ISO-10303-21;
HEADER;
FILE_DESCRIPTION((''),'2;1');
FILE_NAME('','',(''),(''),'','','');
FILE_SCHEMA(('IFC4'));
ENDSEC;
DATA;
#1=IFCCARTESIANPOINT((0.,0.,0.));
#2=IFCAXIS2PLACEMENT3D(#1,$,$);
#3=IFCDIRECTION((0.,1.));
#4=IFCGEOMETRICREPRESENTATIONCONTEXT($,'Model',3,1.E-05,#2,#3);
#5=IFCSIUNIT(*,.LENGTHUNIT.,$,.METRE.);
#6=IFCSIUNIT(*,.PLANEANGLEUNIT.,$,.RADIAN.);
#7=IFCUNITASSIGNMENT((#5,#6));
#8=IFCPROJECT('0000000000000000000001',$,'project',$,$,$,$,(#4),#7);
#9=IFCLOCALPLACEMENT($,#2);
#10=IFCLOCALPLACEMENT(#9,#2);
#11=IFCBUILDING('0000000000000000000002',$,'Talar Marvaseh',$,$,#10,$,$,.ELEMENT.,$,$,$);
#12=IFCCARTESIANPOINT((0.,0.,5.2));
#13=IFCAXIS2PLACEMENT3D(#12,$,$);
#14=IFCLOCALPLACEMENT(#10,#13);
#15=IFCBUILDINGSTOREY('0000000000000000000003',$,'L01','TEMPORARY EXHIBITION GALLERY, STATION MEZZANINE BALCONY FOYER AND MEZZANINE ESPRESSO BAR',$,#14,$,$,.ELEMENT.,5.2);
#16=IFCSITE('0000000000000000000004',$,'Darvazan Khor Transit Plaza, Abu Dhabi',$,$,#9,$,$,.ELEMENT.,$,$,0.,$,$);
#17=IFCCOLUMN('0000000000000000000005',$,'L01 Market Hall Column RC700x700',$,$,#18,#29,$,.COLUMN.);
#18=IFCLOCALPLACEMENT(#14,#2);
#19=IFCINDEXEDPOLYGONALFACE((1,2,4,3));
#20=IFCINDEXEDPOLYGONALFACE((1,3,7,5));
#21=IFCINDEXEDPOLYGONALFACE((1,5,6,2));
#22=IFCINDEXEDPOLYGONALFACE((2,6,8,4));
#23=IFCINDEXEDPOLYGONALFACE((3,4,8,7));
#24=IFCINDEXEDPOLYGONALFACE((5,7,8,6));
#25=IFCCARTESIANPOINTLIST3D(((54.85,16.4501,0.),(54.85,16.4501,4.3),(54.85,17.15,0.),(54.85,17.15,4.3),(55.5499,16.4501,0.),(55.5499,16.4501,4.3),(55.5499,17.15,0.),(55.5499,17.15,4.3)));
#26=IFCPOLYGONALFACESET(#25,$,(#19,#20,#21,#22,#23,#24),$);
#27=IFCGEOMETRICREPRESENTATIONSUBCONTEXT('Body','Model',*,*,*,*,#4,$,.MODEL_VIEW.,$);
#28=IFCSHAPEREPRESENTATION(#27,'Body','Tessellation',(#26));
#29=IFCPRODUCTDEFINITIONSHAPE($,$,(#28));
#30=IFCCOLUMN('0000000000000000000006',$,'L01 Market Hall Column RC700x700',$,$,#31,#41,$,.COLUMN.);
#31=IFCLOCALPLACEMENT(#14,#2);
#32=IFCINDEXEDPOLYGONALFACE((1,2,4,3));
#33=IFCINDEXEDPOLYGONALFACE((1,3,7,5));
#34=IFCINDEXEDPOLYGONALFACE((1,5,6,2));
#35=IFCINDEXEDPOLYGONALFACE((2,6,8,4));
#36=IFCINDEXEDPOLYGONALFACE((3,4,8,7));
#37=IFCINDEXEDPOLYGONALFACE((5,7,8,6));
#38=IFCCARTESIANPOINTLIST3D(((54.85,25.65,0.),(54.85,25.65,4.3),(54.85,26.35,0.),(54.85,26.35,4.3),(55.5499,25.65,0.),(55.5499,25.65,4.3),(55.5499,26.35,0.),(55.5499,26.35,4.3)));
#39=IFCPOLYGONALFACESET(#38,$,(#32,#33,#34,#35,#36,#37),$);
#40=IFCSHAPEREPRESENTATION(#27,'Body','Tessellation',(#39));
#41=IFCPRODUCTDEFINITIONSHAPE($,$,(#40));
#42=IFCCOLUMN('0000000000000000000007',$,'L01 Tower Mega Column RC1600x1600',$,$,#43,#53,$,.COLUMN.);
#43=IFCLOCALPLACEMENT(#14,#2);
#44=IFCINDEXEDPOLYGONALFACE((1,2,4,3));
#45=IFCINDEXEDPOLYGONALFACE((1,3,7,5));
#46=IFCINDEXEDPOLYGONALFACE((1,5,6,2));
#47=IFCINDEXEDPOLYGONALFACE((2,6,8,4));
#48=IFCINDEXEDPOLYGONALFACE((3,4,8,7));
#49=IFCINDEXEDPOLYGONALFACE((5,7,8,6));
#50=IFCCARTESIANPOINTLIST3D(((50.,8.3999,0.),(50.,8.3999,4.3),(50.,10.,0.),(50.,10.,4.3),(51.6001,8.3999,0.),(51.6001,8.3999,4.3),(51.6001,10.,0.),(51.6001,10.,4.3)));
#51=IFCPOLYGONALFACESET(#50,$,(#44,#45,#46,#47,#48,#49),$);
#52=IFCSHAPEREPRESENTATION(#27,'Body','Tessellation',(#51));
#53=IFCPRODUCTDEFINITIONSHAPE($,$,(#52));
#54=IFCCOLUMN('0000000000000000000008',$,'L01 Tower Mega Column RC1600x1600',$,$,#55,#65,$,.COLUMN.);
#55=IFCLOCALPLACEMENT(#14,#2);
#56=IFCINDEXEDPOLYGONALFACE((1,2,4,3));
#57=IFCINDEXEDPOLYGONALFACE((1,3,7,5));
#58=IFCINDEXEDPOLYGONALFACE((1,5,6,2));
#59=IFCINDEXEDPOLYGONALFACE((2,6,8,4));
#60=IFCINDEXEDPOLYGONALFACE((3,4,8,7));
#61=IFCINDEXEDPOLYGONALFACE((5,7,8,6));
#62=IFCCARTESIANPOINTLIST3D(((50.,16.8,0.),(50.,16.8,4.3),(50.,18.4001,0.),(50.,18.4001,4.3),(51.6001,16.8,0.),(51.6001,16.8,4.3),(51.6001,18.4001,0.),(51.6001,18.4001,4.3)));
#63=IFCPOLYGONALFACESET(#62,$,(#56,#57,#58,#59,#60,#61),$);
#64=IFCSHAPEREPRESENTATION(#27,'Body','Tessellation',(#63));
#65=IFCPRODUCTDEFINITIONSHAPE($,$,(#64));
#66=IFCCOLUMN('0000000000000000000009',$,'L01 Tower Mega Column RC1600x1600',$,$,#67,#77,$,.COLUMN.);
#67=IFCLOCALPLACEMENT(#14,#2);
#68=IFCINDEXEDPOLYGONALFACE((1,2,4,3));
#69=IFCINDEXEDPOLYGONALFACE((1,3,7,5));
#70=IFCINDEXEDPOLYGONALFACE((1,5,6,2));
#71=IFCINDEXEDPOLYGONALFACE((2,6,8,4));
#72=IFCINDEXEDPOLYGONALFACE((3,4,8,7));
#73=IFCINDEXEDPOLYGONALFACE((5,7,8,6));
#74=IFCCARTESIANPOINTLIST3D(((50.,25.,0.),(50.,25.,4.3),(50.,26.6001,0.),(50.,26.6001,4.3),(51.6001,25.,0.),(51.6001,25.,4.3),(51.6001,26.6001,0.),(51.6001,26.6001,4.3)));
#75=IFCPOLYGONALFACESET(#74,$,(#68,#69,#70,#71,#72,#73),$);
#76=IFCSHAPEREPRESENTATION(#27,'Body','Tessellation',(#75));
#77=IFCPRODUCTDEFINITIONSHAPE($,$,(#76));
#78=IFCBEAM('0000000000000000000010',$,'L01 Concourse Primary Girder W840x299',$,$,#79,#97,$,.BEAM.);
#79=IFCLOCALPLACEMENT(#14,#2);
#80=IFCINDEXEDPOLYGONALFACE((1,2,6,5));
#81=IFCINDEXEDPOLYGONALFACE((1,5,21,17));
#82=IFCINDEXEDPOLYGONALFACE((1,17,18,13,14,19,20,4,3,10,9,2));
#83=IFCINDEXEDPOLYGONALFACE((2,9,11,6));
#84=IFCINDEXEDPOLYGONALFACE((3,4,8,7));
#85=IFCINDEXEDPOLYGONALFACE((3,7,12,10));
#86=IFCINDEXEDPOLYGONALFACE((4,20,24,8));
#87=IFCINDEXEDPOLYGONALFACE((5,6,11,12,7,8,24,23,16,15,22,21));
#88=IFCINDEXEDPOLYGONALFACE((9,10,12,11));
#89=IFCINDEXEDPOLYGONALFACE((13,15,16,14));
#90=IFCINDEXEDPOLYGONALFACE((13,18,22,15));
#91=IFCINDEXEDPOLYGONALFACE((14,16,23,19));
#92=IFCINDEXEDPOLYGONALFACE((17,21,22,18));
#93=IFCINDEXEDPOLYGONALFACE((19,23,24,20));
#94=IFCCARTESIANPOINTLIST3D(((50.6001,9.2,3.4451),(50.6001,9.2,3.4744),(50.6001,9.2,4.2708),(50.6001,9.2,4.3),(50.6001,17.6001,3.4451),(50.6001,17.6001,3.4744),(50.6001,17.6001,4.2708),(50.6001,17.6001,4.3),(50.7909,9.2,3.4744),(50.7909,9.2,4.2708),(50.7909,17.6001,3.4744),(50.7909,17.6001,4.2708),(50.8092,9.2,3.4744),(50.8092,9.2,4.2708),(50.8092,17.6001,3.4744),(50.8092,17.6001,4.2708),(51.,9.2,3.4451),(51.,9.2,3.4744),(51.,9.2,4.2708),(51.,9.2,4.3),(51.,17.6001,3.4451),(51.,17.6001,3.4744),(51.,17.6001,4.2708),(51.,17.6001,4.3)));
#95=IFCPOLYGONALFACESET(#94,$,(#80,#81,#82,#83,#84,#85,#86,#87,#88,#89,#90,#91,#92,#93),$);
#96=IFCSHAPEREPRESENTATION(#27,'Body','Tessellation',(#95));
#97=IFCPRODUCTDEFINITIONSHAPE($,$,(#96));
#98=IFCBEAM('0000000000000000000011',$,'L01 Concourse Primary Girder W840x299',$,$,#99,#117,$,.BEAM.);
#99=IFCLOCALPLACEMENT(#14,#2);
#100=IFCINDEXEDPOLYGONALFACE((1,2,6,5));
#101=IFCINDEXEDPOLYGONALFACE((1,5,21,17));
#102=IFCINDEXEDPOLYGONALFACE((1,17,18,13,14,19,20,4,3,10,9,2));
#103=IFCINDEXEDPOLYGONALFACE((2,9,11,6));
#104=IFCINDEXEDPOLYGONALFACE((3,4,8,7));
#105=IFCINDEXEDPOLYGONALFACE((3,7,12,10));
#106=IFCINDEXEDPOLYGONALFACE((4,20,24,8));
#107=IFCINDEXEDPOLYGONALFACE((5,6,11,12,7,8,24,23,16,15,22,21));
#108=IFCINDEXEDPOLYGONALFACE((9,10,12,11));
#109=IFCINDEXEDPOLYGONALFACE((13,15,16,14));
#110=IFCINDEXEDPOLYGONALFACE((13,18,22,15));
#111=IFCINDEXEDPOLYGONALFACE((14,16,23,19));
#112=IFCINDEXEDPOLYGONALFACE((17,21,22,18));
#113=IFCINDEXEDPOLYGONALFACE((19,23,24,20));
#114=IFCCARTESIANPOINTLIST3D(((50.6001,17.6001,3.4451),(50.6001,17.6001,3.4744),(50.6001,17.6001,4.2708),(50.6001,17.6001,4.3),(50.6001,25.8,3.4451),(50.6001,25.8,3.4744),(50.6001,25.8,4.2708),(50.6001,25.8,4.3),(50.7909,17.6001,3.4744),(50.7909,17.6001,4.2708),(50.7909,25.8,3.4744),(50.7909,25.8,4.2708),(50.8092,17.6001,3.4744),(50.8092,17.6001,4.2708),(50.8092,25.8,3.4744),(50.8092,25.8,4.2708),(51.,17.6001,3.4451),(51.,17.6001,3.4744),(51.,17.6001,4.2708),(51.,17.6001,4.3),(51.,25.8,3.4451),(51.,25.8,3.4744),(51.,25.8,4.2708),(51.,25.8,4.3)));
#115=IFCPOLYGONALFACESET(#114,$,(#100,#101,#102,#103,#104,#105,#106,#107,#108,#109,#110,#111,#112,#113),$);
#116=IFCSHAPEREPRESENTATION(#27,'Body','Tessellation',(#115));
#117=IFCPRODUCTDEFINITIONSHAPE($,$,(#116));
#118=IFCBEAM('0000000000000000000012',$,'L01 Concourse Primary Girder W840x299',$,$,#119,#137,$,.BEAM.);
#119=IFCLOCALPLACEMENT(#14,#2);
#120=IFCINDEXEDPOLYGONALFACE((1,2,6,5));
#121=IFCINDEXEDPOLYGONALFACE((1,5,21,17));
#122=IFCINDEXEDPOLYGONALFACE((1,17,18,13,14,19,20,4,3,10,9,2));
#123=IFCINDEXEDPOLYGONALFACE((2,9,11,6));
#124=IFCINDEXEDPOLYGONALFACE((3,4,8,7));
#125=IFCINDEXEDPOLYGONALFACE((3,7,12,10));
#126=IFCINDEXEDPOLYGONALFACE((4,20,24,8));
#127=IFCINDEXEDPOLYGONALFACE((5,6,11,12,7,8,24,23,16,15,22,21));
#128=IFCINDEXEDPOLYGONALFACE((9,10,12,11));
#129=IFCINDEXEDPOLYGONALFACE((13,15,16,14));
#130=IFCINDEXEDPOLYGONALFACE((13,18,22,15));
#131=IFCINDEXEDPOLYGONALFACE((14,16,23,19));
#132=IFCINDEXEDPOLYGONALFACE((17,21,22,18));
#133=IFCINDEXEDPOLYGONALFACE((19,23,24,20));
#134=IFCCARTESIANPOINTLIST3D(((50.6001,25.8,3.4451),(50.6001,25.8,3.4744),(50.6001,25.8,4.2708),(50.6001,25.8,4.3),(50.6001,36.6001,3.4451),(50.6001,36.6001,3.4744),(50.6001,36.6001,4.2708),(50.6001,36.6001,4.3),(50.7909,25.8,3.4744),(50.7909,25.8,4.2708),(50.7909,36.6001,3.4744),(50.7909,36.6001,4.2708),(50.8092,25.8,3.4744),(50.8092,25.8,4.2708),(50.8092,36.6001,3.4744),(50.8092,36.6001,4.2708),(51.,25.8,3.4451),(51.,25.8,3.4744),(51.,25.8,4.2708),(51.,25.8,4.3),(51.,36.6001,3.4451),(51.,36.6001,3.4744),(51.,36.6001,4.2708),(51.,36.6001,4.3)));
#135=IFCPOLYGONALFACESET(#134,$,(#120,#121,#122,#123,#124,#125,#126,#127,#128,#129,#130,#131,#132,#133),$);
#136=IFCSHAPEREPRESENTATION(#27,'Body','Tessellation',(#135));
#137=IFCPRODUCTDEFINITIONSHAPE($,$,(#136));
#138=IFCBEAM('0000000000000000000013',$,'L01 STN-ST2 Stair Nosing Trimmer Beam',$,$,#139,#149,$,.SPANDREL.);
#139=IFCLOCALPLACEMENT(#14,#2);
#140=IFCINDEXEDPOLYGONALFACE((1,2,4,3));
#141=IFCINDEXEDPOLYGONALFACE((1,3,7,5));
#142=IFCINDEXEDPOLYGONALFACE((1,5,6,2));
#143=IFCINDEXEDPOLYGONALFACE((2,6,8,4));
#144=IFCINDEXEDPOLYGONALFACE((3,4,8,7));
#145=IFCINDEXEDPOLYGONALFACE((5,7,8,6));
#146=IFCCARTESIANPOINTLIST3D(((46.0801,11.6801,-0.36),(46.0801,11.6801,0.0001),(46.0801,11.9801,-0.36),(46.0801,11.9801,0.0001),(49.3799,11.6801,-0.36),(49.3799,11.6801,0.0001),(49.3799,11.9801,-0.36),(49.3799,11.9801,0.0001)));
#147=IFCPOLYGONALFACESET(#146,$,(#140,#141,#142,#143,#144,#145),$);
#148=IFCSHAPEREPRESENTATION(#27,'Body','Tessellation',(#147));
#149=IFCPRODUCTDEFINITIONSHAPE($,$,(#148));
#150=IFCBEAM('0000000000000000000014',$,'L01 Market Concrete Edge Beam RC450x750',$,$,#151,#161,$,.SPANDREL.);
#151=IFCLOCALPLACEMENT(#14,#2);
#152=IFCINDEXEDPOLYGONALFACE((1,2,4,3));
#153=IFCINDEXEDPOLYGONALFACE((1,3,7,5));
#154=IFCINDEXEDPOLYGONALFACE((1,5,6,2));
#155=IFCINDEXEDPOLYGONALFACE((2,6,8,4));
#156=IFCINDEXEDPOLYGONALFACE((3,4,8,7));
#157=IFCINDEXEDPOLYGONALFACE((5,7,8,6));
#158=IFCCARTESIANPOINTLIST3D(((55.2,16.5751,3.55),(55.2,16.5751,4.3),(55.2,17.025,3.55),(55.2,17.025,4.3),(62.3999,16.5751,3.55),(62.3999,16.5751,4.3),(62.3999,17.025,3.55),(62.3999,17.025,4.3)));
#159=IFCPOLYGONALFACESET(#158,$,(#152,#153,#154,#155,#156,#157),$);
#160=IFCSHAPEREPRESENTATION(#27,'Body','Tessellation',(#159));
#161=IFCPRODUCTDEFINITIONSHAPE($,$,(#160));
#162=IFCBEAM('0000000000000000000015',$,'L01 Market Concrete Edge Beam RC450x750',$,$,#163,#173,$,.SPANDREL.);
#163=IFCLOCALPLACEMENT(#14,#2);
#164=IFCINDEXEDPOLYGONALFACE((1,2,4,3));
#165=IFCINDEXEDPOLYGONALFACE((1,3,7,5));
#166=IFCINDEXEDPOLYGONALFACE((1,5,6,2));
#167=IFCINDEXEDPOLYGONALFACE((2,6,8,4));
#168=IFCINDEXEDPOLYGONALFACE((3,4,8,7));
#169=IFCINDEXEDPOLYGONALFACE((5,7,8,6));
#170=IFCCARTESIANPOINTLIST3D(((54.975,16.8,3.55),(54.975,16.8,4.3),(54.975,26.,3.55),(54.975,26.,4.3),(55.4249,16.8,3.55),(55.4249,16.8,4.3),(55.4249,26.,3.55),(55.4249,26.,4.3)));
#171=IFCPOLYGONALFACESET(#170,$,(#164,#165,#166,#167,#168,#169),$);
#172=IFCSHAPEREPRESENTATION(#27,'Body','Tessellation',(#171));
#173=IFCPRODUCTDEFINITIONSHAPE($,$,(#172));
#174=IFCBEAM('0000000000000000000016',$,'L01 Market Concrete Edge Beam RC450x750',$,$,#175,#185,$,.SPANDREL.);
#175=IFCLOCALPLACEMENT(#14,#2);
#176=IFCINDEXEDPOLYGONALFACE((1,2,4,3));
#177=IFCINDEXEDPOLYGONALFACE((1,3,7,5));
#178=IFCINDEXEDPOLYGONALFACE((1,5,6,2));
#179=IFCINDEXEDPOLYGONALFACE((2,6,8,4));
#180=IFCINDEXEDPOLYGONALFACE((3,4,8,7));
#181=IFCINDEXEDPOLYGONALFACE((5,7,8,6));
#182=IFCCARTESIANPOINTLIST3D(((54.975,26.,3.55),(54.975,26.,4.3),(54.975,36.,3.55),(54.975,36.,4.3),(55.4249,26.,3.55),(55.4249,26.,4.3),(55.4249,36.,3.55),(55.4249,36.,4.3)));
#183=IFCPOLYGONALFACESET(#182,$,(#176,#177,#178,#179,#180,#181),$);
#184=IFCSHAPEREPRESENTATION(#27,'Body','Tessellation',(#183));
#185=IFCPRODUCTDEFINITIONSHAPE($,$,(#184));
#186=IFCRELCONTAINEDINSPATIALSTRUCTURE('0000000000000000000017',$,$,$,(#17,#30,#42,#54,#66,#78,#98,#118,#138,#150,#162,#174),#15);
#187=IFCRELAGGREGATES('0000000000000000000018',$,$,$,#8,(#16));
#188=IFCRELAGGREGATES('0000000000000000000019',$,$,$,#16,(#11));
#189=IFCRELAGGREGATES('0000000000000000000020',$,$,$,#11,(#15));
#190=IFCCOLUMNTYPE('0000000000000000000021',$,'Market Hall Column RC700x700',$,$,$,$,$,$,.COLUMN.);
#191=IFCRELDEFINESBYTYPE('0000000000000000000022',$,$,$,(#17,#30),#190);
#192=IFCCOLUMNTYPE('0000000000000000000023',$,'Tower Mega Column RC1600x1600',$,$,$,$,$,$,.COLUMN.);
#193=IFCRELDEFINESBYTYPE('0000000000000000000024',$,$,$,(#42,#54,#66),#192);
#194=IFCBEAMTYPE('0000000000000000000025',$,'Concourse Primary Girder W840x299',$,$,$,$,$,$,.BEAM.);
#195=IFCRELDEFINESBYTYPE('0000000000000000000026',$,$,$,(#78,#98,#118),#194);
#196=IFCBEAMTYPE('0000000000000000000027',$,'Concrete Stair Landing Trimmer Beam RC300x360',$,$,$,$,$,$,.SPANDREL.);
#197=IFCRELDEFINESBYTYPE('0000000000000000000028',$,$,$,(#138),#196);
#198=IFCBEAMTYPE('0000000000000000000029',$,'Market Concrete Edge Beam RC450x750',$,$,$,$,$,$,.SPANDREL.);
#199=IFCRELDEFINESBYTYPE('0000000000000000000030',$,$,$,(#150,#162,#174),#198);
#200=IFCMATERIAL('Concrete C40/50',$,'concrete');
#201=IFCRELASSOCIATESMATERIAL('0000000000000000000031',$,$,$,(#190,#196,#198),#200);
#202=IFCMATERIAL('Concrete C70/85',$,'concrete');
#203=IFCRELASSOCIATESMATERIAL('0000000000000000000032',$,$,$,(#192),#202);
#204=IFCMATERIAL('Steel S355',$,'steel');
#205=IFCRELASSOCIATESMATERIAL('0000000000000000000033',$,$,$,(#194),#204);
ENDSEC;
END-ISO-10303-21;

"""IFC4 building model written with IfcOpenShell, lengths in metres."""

from ifc_helpers import new_model, si_unit, direction, frame, origin, origin_2d, place, context, subcontext, project, spatial, rectangle, i_section, extrude, material, material_profile, profile_set, type_object, element, save


model = new_model("IFC4")

# Units and contexts
model_context = context("Model", 3, precision=1e-05, world=origin(), true_north=direction((0.0, 1.0)))
body_context = subcontext(model_context, "Body", "Model", "MODEL_VIEW")
ifc_project = project(units=[si_unit("LENGTHUNIT", "METRE"), si_unit("PLANEANGLEUNIT", "RADIAN")], contexts=[model_context])

# Site, building, storey
site_placement = place(None, origin())
site = spatial("IfcSite", under=ifc_project, at=site_placement, Name="Darvazan Khor Transit Plaza, Abu Dhabi", CompositionType="ELEMENT", RefElevation=0.0)
building_placement = place(site_placement, origin())
building = spatial("IfcBuilding", under=site, at=building_placement, Name="Talar Marvaseh", CompositionType="ELEMENT")
storey_placement = place(building_placement, frame((0.0, 0.0, 5.2)))
storey = spatial("IfcBuildingStorey", under=building, at=storey_placement, Name="L01", Description="TEMPORARY EXHIBITION GALLERY, STATION MEZZANINE BALCONY FOYER AND MEZZANINE ESPRESSO BAR", CompositionType="ELEMENT", Elevation=5.2)

# Columns
ifc_material_1 = material(Name="Concrete C40/50", Category="concrete")
ifc_material_profile_1 = material_profile(ifc_material_1, rectangle(XDim=0.7, YDim=0.7, at=origin_2d()), Name="RC700x700")
ifc_profile_set_1 = profile_set([ifc_material_profile_1], Name="Concrete C40/50")
column_type_1 = type_object("IfcColumnType", Name="Market Hall Column RC700x700", PredefinedType="COLUMN", material=ifc_profile_set_1)
for number, where, z_axis, x_axis, name in (
    (1, (55.2, 16.8, 0.0), (0.0, 0.0, 1.0), (1.0, 0.0, 0.0), "L01 Market Hall Column RC700x700"),
    (2, (55.2, 26.0, 0.0), (0.0, 0.0, 1.0), (1.0, 0.0, 0.0), "L01 Market Hall Column RC700x700"),
):
    element("IfcColumn", number, at=place(storey_placement, frame(where, z_axis=z_axis, x_axis=x_axis)), inside=storey, type_object=column_type_1, Name=name, PredefinedType="COLUMN", context=body_context, shape_type="SweptSolid", body=[
        extrude(rectangle(XDim=0.7, YDim=0.7, at=origin_2d()), origin(), (0.0, 0.0, 1.0), 4.3),
    ])
ifc_material_2 = material(Name="Concrete C70/85", Category="concrete")
ifc_material_profile_2 = material_profile(ifc_material_2, rectangle(XDim=1.6001, YDim=1.6001, at=origin_2d()), Name="RC1600x1600")
ifc_profile_set_2 = profile_set([ifc_material_profile_2], Name="Concrete C70/85")
column_type_2 = type_object("IfcColumnType", Name="Tower Mega Column RC1600x1600", PredefinedType="COLUMN", material=ifc_profile_set_2)
for number, where, z_axis, x_axis, name in (
    (3, (50.8, 9.2, 0.0), (0.0, 0.0, 1.0), (1.0, 0.0, 0.0), "L01 Tower Mega Column RC1600x1600"),
    (4, (50.8, 17.6001, 0.0), (0.0, 0.0, 1.0), (1.0, 0.0, 0.0), "L01 Tower Mega Column RC1600x1600"),
    (5, (50.8, 25.8, 0.0), (0.0, 0.0, 1.0), (1.0, 0.0, 0.0), "L01 Tower Mega Column RC1600x1600"),
):
    element("IfcColumn", number, at=place(storey_placement, frame(where, z_axis=z_axis, x_axis=x_axis)), inside=storey, type_object=column_type_2, Name=name, PredefinedType="COLUMN", context=body_context, shape_type="SweptSolid", body=[
        extrude(rectangle(XDim=1.6001, YDim=1.6001, at=origin_2d()), origin(), (0.0, 0.0, 1.0), 4.3),
    ])

# Beams
ifc_material_3 = material(Name="Steel S355", Category="steel")
ifc_material_profile_3 = material_profile(ifc_material_3, i_section(OverallWidth=0.3999, OverallDepth=0.855, WebThickness=0.0183, FlangeThickness=0.0293, at=origin_2d()), Name="W840x299")
ifc_profile_set_3 = profile_set([ifc_material_profile_3], Name="Steel S355")
beam_type_1 = type_object("IfcBeamType", Name="Concourse Primary Girder W840x299", PredefinedType="BEAM", material=ifc_profile_set_3)
beam_1_placement = place(storey_placement, frame((50.8, 9.2, 3.8726), z_axis=(0.0, 1.0, 0.0), x_axis=(-1.0, 0.0, 0.0)))
element("IfcBeam", 6, at=beam_1_placement, inside=storey, type_object=beam_type_1, Name="L01 Concourse Primary Girder W840x299", PredefinedType="BEAM", context=body_context, shape_type="SweptSolid", body=[
    extrude(i_section(OverallWidth=0.3999, OverallDepth=0.855, WebThickness=0.0183, FlangeThickness=0.0293, at=origin_2d()), origin(), (0.0, 0.0, 1.0), 8.4001),
])
beam_2_placement = place(storey_placement, frame((50.8, 17.6001, 3.8726), z_axis=(0.0, 1.0, 0.0), x_axis=(-1.0, 0.0, 0.0)))
element("IfcBeam", 7, at=beam_2_placement, inside=storey, type_object=beam_type_1, Name="L01 Concourse Primary Girder W840x299", PredefinedType="BEAM", context=body_context, shape_type="SweptSolid", body=[
    extrude(i_section(OverallWidth=0.3999, OverallDepth=0.855, WebThickness=0.0183, FlangeThickness=0.0293, at=origin_2d()), origin(), (0.0, 0.0, 1.0), 8.2),
])
beam_3_placement = place(storey_placement, frame((50.8, 25.8, 3.8726), z_axis=(0.0, 1.0, 0.0), x_axis=(-1.0, 0.0, 0.0)))
element("IfcBeam", 8, at=beam_3_placement, inside=storey, type_object=beam_type_1, Name="L01 Concourse Primary Girder W840x299", PredefinedType="BEAM", context=body_context, shape_type="SweptSolid", body=[
    extrude(i_section(OverallWidth=0.3999, OverallDepth=0.855, WebThickness=0.0183, FlangeThickness=0.0293, at=origin_2d()), origin(), (0.0, 0.0, 1.0), 10.8),
])
ifc_material_profile_4 = material_profile(ifc_material_1, rectangle(XDim=0.3, YDim=0.3601, at=origin_2d()), Name="RC300x360")
ifc_profile_set_4 = profile_set([ifc_material_profile_4], Name="Concrete C40/50")
beam_type_2 = type_object("IfcBeamType", Name="Concrete Stair Landing Trimmer Beam RC300x360", PredefinedType="SPANDREL", material=ifc_profile_set_4)
beam_4_placement = place(storey_placement, frame((49.3799, 11.8301, -0.1799), z_axis=(-1.0, 0.0, 0.0), x_axis=(0.0, -1.0, 0.0)))
element("IfcBeam", 9, at=beam_4_placement, inside=storey, type_object=beam_type_2, Name="L01 STN-ST2 Stair Nosing Trimmer Beam", PredefinedType="SPANDREL", context=body_context, shape_type="SweptSolid", body=[
    extrude(rectangle(XDim=0.3, YDim=0.3601, at=origin_2d()), origin(), (0.0, 0.0, 1.0), 3.2998),
])
ifc_material_profile_5 = material_profile(ifc_material_1, rectangle(XDim=0.45, YDim=0.75, at=origin_2d()), Name="RC450x750")
ifc_profile_set_5 = profile_set([ifc_material_profile_5], Name="Concrete C40/50")
beam_type_3 = type_object("IfcBeamType", Name="Market Concrete Edge Beam RC450x750", PredefinedType="SPANDREL", material=ifc_profile_set_5)
beam_5_placement = place(storey_placement, frame((55.2, 16.8, 3.925), z_axis=(1.0, 0.0, 0.0), x_axis=(0.0, 1.0, 0.0)))
element("IfcBeam", 10, at=beam_5_placement, inside=storey, type_object=beam_type_3, Name="L01 Market Concrete Edge Beam RC450x750", PredefinedType="SPANDREL", context=body_context, shape_type="SweptSolid", body=[
    extrude(rectangle(XDim=0.45, YDim=0.75, at=origin_2d()), origin(), (0.0, 0.0, 1.0), 7.2),
])
beam_6_placement = place(storey_placement, frame((55.2, 16.8, 3.925), z_axis=(0.0, 1.0, 0.0), x_axis=(-1.0, 0.0, 0.0)))
element("IfcBeam", 11, at=beam_6_placement, inside=storey, type_object=beam_type_3, Name="L01 Market Concrete Edge Beam RC450x750", PredefinedType="SPANDREL", context=body_context, shape_type="SweptSolid", body=[
    extrude(rectangle(XDim=0.45, YDim=0.75, at=origin_2d()), origin(), (0.0, 0.0, 1.0), 9.2),
])
beam_7_placement = place(storey_placement, frame((55.2, 26.0, 3.925), z_axis=(0.0, 1.0, 0.0), x_axis=(-1.0, 0.0, 0.0)))
element("IfcBeam", 12, at=beam_7_placement, inside=storey, type_object=beam_type_3, Name="L01 Market Concrete Edge Beam RC450x750", PredefinedType="SPANDREL", context=body_context, shape_type="SweptSolid", body=[
    extrude(rectangle(XDim=0.45, YDim=0.75, at=origin_2d()), origin(), (0.0, 0.0, 1.0), 10.0),
])

save(model, "model.ifc")
